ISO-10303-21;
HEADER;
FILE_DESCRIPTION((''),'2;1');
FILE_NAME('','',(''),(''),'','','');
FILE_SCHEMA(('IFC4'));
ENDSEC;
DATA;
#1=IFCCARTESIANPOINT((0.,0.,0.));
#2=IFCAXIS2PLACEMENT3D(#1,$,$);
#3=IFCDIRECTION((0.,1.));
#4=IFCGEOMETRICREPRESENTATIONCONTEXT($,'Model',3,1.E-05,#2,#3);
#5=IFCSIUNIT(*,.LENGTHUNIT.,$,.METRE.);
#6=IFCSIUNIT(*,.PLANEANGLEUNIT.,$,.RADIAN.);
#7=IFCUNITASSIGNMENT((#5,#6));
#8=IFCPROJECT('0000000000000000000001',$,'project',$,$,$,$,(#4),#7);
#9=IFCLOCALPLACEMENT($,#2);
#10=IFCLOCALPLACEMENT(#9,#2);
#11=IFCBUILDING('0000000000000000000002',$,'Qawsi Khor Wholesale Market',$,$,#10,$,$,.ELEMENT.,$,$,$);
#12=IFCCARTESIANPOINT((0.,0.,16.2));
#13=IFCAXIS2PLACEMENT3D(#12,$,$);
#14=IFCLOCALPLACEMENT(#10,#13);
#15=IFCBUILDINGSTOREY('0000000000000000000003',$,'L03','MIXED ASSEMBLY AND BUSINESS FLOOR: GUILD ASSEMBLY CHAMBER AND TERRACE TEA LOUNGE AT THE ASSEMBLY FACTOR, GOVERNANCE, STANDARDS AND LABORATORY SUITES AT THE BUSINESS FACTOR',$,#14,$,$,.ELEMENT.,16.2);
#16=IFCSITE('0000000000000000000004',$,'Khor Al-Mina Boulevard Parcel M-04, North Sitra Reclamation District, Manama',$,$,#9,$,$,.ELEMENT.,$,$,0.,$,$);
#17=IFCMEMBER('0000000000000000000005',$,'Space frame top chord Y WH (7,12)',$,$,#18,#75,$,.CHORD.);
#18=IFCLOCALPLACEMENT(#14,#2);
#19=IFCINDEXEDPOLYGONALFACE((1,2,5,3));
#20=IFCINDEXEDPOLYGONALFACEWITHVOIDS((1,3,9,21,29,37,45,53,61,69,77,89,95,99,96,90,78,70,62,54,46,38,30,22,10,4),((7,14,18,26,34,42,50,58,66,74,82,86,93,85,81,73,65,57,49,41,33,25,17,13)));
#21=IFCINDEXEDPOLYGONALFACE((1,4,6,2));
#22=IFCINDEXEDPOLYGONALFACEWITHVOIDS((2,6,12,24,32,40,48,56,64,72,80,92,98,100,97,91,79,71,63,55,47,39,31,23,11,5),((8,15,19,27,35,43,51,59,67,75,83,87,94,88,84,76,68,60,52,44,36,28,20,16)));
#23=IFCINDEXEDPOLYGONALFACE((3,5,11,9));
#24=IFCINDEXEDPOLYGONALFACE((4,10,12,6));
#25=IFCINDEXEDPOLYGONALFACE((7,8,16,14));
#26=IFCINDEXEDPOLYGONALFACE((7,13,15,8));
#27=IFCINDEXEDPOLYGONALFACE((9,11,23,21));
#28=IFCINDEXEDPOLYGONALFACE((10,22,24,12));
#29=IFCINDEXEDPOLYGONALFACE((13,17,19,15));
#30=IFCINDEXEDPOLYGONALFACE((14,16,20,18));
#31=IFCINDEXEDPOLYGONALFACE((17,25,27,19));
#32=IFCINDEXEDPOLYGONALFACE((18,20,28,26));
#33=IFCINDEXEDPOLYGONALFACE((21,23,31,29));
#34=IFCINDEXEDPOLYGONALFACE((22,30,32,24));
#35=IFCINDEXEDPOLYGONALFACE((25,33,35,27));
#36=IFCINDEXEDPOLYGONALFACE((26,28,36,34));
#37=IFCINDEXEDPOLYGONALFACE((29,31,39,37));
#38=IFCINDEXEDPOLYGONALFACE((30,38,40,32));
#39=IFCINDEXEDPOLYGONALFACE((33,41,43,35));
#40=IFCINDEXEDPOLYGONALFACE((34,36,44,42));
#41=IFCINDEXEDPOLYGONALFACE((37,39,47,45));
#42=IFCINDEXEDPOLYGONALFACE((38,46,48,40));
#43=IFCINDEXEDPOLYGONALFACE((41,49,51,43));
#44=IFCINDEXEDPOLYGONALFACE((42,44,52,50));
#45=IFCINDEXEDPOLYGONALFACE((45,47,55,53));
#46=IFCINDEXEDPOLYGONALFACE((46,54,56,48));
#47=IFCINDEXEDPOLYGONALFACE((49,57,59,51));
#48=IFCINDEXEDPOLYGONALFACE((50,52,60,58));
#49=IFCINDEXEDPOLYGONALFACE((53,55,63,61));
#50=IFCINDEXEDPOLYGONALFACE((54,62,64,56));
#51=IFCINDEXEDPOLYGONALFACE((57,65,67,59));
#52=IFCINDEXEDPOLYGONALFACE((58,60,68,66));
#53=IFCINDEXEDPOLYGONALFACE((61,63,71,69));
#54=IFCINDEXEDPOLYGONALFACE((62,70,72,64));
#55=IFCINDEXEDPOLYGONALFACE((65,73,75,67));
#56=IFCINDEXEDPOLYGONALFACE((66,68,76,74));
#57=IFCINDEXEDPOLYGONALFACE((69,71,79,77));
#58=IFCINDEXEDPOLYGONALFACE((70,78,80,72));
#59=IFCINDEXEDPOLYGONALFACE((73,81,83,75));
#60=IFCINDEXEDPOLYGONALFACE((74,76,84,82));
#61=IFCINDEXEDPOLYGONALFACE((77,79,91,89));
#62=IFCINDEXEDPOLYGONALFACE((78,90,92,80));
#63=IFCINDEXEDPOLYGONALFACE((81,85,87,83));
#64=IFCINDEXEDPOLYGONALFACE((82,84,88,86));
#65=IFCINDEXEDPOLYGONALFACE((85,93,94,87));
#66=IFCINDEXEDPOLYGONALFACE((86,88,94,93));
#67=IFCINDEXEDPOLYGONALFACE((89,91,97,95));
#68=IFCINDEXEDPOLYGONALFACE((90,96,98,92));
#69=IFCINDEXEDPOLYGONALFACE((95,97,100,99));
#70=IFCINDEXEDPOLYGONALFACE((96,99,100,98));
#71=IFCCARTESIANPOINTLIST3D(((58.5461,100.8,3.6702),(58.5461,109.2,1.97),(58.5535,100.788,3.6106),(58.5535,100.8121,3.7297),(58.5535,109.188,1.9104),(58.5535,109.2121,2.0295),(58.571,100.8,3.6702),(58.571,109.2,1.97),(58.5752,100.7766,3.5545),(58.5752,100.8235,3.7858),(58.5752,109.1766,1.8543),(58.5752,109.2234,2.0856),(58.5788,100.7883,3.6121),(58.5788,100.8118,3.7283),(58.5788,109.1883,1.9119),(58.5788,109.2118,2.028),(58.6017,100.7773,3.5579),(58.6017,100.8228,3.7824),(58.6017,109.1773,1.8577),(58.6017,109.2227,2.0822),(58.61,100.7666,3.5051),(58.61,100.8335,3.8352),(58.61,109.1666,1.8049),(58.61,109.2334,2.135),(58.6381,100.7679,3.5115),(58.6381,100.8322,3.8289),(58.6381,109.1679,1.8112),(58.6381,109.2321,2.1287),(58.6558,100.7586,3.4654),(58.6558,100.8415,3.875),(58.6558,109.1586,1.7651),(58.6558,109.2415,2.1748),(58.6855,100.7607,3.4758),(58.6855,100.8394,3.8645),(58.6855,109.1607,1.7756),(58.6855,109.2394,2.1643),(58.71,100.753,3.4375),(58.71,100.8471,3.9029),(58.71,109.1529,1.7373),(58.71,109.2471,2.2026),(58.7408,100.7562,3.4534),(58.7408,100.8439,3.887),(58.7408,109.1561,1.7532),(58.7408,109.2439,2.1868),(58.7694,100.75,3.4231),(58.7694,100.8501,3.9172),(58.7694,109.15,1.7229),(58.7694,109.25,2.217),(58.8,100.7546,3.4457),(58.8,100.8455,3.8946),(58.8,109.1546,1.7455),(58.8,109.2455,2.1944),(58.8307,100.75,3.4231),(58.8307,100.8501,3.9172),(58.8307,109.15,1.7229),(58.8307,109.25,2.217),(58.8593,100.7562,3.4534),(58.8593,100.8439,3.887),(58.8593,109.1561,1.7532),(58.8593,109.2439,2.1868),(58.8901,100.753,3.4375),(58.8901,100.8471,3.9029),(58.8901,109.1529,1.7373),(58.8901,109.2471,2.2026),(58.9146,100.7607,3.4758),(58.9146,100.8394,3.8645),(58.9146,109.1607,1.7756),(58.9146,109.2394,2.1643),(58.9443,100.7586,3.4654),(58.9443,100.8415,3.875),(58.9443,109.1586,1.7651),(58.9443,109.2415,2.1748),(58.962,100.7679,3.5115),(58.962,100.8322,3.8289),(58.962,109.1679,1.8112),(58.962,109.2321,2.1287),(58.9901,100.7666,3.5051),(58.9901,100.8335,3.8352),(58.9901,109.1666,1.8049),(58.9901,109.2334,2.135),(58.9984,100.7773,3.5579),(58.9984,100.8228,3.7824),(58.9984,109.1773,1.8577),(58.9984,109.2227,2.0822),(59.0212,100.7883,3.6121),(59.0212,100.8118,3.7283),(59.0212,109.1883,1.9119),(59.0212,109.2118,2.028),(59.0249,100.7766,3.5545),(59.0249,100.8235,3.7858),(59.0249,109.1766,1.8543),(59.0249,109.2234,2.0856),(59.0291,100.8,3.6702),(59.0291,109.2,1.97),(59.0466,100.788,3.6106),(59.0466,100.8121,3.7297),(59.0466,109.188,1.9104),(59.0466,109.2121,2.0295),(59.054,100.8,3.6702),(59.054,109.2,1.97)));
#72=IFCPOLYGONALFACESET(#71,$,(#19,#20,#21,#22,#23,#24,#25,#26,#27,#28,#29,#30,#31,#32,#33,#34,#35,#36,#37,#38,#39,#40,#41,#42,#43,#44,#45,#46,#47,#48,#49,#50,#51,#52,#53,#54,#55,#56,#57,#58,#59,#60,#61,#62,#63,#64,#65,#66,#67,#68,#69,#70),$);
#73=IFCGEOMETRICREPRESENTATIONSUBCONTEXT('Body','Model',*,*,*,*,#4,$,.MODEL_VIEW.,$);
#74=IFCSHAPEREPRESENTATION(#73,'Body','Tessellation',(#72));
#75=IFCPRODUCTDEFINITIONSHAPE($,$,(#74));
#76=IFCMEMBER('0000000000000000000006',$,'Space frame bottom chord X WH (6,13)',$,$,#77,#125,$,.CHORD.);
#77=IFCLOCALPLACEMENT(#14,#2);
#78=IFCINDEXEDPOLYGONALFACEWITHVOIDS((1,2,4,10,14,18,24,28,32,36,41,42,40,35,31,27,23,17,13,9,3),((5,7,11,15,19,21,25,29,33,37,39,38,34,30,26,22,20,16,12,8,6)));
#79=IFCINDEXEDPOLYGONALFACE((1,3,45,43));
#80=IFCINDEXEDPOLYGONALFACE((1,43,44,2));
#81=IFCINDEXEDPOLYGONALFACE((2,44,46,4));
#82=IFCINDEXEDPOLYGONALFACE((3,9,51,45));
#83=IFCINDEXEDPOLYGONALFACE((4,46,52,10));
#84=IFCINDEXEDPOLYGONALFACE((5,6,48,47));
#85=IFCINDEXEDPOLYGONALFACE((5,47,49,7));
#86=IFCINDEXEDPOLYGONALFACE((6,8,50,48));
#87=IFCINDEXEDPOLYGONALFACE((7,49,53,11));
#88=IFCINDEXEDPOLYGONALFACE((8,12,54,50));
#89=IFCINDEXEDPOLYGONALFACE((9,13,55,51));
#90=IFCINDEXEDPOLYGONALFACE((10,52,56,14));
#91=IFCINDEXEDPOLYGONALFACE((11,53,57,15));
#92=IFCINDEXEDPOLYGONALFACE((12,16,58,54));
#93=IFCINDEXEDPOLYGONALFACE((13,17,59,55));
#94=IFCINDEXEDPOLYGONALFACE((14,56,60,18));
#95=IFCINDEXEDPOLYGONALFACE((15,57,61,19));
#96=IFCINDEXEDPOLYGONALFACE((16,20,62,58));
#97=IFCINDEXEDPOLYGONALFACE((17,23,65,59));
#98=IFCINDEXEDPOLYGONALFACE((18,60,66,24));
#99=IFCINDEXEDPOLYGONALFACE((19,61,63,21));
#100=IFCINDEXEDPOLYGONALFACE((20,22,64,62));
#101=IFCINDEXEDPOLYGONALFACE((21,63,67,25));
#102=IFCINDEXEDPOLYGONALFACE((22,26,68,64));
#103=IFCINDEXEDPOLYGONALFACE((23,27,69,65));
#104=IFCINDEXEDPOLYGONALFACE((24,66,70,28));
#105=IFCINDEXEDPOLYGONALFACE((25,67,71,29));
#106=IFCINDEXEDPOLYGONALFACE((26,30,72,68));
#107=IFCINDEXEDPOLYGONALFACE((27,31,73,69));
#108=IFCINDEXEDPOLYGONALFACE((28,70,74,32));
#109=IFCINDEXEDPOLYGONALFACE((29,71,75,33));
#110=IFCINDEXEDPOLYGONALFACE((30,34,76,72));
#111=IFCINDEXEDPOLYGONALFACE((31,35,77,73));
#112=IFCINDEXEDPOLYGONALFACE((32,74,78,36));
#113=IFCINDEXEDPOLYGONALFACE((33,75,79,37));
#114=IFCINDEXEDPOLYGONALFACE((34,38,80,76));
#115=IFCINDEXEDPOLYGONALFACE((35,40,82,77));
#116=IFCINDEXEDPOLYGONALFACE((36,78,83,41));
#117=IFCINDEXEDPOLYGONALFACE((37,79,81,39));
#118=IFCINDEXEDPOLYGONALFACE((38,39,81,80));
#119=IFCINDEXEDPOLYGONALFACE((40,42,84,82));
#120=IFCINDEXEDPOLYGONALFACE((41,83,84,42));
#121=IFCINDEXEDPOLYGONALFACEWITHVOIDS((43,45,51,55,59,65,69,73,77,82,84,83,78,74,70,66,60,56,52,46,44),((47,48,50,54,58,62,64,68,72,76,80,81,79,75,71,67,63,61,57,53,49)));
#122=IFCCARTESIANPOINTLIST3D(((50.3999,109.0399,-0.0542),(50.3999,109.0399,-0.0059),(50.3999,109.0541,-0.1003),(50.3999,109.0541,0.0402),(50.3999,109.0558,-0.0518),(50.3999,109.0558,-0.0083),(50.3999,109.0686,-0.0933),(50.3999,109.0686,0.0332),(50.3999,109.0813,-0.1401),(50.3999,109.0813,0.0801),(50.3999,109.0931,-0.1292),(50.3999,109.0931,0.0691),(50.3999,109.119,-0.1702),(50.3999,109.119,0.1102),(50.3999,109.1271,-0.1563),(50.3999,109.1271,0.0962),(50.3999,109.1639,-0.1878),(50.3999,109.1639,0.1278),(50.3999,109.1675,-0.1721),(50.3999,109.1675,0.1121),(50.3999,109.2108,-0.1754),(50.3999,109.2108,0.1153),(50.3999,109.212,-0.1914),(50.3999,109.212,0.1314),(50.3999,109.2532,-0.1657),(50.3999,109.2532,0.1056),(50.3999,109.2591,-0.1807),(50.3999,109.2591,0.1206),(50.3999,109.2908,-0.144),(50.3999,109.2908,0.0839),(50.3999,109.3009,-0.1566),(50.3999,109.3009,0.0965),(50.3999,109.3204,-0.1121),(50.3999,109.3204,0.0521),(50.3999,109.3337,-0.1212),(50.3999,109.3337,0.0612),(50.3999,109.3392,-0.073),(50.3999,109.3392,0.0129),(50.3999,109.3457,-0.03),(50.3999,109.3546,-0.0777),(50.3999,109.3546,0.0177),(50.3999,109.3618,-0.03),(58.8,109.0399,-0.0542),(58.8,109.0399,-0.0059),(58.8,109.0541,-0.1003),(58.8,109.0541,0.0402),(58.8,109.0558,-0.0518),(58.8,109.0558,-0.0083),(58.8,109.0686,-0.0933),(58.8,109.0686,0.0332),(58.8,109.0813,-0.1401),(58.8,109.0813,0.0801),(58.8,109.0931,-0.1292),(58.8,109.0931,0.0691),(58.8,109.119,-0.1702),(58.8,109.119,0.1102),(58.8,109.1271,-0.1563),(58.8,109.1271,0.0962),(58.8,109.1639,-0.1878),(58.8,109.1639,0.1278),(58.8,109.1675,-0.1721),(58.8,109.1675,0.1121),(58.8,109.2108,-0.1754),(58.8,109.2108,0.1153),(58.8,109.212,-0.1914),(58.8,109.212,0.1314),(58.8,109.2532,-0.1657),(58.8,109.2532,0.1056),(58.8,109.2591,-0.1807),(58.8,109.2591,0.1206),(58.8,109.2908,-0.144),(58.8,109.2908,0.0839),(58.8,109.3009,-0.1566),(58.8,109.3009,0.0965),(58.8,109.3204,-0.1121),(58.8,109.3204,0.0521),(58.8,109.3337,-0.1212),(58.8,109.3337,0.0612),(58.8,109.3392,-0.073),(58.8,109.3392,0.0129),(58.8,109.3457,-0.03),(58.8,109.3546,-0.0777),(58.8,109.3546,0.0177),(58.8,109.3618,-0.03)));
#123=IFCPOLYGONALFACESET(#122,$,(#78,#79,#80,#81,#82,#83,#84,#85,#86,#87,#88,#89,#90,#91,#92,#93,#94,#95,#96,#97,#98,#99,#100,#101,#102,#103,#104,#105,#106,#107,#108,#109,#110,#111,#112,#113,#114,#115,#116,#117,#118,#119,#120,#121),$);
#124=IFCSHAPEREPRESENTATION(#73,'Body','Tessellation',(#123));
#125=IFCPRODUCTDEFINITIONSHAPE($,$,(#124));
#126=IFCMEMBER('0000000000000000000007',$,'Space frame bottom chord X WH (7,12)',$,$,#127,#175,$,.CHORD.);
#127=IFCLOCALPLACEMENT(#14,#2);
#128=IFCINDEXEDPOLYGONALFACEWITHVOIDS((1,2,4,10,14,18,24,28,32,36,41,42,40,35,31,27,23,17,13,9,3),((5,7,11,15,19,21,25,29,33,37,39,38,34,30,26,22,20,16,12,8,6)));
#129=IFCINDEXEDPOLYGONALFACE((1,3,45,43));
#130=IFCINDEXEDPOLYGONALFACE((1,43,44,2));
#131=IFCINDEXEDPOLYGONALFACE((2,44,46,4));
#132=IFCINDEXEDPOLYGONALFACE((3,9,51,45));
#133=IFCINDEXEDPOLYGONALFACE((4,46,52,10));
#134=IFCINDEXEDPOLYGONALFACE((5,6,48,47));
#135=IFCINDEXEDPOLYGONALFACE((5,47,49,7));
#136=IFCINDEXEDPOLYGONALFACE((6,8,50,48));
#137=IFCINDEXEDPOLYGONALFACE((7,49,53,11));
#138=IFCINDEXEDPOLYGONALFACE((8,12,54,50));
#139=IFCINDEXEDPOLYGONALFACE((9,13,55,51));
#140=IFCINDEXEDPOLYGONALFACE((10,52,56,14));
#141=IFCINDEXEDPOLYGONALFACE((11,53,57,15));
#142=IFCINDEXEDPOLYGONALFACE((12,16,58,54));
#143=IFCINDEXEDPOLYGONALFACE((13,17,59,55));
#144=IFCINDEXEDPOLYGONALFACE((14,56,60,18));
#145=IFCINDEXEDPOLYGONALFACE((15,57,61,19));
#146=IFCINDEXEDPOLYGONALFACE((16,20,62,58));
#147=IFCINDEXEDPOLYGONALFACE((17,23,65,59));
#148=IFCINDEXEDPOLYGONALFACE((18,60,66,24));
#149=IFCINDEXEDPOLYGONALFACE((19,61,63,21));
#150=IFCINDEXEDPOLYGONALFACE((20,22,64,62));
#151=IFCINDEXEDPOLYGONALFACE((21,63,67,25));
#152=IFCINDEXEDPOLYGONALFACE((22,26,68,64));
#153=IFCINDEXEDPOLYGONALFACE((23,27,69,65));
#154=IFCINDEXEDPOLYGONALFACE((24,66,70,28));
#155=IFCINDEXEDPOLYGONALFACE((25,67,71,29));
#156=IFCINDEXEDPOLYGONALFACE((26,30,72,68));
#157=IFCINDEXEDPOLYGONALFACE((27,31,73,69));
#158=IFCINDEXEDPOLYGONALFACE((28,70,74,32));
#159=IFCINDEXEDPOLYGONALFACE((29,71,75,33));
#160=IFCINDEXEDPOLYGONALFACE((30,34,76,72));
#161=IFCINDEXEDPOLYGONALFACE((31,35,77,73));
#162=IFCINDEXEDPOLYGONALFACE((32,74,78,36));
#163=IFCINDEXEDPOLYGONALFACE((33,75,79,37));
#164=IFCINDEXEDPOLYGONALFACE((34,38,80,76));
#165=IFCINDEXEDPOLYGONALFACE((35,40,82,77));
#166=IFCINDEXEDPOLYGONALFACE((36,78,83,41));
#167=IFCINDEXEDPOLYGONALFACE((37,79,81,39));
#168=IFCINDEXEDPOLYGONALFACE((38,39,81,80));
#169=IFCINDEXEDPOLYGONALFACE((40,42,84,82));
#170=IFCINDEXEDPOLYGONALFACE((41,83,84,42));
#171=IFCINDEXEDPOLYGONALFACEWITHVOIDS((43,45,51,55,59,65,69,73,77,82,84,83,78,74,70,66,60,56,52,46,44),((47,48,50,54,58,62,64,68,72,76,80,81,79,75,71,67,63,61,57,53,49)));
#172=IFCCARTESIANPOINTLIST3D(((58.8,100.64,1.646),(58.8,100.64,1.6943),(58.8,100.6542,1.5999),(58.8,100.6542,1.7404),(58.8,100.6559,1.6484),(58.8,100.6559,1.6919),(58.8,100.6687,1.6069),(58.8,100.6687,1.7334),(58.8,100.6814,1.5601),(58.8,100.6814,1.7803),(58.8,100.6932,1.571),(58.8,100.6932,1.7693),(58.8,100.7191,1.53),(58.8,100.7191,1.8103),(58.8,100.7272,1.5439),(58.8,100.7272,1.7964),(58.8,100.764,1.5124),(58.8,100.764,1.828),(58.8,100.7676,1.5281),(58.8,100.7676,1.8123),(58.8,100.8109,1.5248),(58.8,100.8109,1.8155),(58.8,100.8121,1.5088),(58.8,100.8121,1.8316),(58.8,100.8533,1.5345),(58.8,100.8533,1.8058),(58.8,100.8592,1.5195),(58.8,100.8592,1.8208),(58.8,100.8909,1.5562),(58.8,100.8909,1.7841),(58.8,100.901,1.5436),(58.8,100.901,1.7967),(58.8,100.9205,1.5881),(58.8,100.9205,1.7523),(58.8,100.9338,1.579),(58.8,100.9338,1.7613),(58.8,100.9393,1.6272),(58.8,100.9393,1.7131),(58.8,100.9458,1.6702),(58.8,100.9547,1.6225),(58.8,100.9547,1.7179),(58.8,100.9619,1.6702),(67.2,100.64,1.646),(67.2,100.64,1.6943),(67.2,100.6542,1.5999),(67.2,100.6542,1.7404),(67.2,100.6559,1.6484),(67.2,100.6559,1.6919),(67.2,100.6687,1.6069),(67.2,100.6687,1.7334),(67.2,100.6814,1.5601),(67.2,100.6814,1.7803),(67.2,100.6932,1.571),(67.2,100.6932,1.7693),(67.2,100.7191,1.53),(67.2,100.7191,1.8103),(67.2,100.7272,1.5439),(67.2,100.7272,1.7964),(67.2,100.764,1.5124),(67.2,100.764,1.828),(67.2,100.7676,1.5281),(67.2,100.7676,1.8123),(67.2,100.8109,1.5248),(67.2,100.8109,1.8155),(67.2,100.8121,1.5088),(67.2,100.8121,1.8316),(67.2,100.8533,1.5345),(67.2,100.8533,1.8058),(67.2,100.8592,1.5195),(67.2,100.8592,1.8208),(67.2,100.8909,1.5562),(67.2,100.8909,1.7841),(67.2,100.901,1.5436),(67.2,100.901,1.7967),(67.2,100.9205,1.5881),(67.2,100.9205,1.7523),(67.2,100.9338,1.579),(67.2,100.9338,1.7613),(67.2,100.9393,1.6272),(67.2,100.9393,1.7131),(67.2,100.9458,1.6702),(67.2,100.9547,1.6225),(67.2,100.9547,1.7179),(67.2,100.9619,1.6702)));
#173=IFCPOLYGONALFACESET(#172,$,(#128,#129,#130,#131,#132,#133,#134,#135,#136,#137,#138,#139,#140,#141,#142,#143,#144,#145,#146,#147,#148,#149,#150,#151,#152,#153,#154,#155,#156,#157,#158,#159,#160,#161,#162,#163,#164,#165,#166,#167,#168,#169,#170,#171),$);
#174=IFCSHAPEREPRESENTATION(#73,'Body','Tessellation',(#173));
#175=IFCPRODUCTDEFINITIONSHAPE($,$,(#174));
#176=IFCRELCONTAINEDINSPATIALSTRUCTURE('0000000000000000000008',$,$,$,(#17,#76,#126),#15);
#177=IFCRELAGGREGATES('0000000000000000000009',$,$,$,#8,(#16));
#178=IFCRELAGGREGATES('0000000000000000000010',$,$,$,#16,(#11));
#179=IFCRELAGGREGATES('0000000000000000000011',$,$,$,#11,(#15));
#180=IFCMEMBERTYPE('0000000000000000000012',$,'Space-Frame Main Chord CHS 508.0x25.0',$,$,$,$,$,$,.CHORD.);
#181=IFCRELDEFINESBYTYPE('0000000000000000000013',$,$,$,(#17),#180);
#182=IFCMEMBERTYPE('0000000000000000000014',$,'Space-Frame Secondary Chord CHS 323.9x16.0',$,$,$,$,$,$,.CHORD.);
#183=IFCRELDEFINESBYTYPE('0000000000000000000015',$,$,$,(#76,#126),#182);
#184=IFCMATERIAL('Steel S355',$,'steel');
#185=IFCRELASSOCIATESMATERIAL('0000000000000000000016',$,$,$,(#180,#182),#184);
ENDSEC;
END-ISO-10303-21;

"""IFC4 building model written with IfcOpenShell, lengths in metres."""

from ifc_helpers import new_model, si_unit, direction, frame, origin, origin_2d, place, context, subcontext, project, spatial, hollow_circle, extrude, material, material_profile, profile_set, type_object, element, save


model = new_model("IFC4")

# Units and contexts
model_context = context("Model", 3, precision=1e-05, world=origin(), true_north=direction((0.0, 1.0)))
body_context = subcontext(model_context, "Body", "Model", "MODEL_VIEW")
ifc_project = project(units=[si_unit("LENGTHUNIT", "METRE"), si_unit("PLANEANGLEUNIT", "RADIAN")], contexts=[model_context])

# Site, building, storey
site_placement = place(None, origin())
site = spatial("IfcSite", under=ifc_project, at=site_placement, Name="Khor Al-Mina Boulevard Parcel M-04, North Sitra Reclamation District, Manama", CompositionType="ELEMENT", RefElevation=0.0)
building_placement = place(site_placement, origin())
building = spatial("IfcBuilding", under=site, at=building_placement, Name="Qawsi Khor Wholesale Market", CompositionType="ELEMENT")
storey_placement = place(building_placement, frame((0.0, 0.0, 16.2)))
storey = spatial("IfcBuildingStorey", under=building, at=storey_placement, Name="L03", Description="MIXED ASSEMBLY AND BUSINESS FLOOR: GUILD ASSEMBLY CHAMBER AND TERRACE TEA LOUNGE AT THE ASSEMBLY FACTOR, GOVERNANCE, STANDARDS AND LABORATORY SUITES AT THE BUSINESS FACTOR", CompositionType="ELEMENT", Elevation=16.2)

# Members
ifc_material_1 = material(Name="Steel S355", Category="steel")
ifc_material_profile_1 = material_profile(ifc_material_1, hollow_circle(Radius=0.2539, WallThickness=0.0249, at=origin_2d()), Name="CHS 508.0x25.0")
ifc_profile_set_1 = profile_set([ifc_material_profile_1], Name="Steel S355")
member_type_1 = type_object("IfcMemberType", Name="Space-Frame Main Chord CHS 508.0x25.0", PredefinedType="CHORD", material=ifc_profile_set_1)
member_1_placement = place(storey_placement, frame((58.8, 100.8, 3.6702), z_axis=(0.0, 0.980124, -0.198384), x_axis=(-1.0, 0.0, 0.0)))
element("IfcMember", 1, at=member_1_placement, inside=storey, type_object=member_type_1, Name="Space frame top chord Y WH (7,12)", PredefinedType="CHORD", context=body_context, shape_type="SweptSolid", body=[
    extrude(hollow_circle(Radius=0.2539, WallThickness=0.0249, at=origin_2d()), origin(), (0.0, 0.0, 1.0), 8.5703),
])
ifc_material_profile_2 = material_profile(ifc_material_1, hollow_circle(Radius=0.1619, WallThickness=0.0161, at=origin_2d()), Name="CHS 323.9x16.0")
ifc_profile_set_2 = profile_set([ifc_material_profile_2], Name="Steel S355")
member_type_2 = type_object("IfcMemberType", Name="Space-Frame Secondary Chord CHS 323.9x16.0", PredefinedType="CHORD", material=ifc_profile_set_2)
member_2_placement = place(storey_placement, frame((50.3999, 109.2, -0.03), z_axis=(1.0, 0.0, 0.0), x_axis=(0.0, 1.0, 0.0)))
element("IfcMember", 2, at=member_2_placement, inside=storey, type_object=member_type_2, Name="Space frame bottom chord X WH (6,13)", PredefinedType="CHORD", context=body_context, shape_type="SweptSolid", body=[
    extrude(hollow_circle(Radius=0.1619, WallThickness=0.0161, at=origin_2d()), origin(), (0.0, 0.0, 1.0), 8.4001),
])
member_3_placement = place(storey_placement, frame((58.8, 100.8, 1.6702), z_axis=(1.0, 0.0, 0.0), x_axis=(0.0, 1.0, 0.0)))
element("IfcMember", 3, at=member_3_placement, inside=storey, type_object=member_type_2, Name="Space frame bottom chord X WH (7,12)", PredefinedType="CHORD", context=body_context, shape_type="SweptSolid", body=[
    extrude(hollow_circle(Radius=0.1619, WallThickness=0.0161, at=origin_2d()), origin(), (0.0, 0.0, 1.0), 8.3999),
])

save(model, "model.ifc")
